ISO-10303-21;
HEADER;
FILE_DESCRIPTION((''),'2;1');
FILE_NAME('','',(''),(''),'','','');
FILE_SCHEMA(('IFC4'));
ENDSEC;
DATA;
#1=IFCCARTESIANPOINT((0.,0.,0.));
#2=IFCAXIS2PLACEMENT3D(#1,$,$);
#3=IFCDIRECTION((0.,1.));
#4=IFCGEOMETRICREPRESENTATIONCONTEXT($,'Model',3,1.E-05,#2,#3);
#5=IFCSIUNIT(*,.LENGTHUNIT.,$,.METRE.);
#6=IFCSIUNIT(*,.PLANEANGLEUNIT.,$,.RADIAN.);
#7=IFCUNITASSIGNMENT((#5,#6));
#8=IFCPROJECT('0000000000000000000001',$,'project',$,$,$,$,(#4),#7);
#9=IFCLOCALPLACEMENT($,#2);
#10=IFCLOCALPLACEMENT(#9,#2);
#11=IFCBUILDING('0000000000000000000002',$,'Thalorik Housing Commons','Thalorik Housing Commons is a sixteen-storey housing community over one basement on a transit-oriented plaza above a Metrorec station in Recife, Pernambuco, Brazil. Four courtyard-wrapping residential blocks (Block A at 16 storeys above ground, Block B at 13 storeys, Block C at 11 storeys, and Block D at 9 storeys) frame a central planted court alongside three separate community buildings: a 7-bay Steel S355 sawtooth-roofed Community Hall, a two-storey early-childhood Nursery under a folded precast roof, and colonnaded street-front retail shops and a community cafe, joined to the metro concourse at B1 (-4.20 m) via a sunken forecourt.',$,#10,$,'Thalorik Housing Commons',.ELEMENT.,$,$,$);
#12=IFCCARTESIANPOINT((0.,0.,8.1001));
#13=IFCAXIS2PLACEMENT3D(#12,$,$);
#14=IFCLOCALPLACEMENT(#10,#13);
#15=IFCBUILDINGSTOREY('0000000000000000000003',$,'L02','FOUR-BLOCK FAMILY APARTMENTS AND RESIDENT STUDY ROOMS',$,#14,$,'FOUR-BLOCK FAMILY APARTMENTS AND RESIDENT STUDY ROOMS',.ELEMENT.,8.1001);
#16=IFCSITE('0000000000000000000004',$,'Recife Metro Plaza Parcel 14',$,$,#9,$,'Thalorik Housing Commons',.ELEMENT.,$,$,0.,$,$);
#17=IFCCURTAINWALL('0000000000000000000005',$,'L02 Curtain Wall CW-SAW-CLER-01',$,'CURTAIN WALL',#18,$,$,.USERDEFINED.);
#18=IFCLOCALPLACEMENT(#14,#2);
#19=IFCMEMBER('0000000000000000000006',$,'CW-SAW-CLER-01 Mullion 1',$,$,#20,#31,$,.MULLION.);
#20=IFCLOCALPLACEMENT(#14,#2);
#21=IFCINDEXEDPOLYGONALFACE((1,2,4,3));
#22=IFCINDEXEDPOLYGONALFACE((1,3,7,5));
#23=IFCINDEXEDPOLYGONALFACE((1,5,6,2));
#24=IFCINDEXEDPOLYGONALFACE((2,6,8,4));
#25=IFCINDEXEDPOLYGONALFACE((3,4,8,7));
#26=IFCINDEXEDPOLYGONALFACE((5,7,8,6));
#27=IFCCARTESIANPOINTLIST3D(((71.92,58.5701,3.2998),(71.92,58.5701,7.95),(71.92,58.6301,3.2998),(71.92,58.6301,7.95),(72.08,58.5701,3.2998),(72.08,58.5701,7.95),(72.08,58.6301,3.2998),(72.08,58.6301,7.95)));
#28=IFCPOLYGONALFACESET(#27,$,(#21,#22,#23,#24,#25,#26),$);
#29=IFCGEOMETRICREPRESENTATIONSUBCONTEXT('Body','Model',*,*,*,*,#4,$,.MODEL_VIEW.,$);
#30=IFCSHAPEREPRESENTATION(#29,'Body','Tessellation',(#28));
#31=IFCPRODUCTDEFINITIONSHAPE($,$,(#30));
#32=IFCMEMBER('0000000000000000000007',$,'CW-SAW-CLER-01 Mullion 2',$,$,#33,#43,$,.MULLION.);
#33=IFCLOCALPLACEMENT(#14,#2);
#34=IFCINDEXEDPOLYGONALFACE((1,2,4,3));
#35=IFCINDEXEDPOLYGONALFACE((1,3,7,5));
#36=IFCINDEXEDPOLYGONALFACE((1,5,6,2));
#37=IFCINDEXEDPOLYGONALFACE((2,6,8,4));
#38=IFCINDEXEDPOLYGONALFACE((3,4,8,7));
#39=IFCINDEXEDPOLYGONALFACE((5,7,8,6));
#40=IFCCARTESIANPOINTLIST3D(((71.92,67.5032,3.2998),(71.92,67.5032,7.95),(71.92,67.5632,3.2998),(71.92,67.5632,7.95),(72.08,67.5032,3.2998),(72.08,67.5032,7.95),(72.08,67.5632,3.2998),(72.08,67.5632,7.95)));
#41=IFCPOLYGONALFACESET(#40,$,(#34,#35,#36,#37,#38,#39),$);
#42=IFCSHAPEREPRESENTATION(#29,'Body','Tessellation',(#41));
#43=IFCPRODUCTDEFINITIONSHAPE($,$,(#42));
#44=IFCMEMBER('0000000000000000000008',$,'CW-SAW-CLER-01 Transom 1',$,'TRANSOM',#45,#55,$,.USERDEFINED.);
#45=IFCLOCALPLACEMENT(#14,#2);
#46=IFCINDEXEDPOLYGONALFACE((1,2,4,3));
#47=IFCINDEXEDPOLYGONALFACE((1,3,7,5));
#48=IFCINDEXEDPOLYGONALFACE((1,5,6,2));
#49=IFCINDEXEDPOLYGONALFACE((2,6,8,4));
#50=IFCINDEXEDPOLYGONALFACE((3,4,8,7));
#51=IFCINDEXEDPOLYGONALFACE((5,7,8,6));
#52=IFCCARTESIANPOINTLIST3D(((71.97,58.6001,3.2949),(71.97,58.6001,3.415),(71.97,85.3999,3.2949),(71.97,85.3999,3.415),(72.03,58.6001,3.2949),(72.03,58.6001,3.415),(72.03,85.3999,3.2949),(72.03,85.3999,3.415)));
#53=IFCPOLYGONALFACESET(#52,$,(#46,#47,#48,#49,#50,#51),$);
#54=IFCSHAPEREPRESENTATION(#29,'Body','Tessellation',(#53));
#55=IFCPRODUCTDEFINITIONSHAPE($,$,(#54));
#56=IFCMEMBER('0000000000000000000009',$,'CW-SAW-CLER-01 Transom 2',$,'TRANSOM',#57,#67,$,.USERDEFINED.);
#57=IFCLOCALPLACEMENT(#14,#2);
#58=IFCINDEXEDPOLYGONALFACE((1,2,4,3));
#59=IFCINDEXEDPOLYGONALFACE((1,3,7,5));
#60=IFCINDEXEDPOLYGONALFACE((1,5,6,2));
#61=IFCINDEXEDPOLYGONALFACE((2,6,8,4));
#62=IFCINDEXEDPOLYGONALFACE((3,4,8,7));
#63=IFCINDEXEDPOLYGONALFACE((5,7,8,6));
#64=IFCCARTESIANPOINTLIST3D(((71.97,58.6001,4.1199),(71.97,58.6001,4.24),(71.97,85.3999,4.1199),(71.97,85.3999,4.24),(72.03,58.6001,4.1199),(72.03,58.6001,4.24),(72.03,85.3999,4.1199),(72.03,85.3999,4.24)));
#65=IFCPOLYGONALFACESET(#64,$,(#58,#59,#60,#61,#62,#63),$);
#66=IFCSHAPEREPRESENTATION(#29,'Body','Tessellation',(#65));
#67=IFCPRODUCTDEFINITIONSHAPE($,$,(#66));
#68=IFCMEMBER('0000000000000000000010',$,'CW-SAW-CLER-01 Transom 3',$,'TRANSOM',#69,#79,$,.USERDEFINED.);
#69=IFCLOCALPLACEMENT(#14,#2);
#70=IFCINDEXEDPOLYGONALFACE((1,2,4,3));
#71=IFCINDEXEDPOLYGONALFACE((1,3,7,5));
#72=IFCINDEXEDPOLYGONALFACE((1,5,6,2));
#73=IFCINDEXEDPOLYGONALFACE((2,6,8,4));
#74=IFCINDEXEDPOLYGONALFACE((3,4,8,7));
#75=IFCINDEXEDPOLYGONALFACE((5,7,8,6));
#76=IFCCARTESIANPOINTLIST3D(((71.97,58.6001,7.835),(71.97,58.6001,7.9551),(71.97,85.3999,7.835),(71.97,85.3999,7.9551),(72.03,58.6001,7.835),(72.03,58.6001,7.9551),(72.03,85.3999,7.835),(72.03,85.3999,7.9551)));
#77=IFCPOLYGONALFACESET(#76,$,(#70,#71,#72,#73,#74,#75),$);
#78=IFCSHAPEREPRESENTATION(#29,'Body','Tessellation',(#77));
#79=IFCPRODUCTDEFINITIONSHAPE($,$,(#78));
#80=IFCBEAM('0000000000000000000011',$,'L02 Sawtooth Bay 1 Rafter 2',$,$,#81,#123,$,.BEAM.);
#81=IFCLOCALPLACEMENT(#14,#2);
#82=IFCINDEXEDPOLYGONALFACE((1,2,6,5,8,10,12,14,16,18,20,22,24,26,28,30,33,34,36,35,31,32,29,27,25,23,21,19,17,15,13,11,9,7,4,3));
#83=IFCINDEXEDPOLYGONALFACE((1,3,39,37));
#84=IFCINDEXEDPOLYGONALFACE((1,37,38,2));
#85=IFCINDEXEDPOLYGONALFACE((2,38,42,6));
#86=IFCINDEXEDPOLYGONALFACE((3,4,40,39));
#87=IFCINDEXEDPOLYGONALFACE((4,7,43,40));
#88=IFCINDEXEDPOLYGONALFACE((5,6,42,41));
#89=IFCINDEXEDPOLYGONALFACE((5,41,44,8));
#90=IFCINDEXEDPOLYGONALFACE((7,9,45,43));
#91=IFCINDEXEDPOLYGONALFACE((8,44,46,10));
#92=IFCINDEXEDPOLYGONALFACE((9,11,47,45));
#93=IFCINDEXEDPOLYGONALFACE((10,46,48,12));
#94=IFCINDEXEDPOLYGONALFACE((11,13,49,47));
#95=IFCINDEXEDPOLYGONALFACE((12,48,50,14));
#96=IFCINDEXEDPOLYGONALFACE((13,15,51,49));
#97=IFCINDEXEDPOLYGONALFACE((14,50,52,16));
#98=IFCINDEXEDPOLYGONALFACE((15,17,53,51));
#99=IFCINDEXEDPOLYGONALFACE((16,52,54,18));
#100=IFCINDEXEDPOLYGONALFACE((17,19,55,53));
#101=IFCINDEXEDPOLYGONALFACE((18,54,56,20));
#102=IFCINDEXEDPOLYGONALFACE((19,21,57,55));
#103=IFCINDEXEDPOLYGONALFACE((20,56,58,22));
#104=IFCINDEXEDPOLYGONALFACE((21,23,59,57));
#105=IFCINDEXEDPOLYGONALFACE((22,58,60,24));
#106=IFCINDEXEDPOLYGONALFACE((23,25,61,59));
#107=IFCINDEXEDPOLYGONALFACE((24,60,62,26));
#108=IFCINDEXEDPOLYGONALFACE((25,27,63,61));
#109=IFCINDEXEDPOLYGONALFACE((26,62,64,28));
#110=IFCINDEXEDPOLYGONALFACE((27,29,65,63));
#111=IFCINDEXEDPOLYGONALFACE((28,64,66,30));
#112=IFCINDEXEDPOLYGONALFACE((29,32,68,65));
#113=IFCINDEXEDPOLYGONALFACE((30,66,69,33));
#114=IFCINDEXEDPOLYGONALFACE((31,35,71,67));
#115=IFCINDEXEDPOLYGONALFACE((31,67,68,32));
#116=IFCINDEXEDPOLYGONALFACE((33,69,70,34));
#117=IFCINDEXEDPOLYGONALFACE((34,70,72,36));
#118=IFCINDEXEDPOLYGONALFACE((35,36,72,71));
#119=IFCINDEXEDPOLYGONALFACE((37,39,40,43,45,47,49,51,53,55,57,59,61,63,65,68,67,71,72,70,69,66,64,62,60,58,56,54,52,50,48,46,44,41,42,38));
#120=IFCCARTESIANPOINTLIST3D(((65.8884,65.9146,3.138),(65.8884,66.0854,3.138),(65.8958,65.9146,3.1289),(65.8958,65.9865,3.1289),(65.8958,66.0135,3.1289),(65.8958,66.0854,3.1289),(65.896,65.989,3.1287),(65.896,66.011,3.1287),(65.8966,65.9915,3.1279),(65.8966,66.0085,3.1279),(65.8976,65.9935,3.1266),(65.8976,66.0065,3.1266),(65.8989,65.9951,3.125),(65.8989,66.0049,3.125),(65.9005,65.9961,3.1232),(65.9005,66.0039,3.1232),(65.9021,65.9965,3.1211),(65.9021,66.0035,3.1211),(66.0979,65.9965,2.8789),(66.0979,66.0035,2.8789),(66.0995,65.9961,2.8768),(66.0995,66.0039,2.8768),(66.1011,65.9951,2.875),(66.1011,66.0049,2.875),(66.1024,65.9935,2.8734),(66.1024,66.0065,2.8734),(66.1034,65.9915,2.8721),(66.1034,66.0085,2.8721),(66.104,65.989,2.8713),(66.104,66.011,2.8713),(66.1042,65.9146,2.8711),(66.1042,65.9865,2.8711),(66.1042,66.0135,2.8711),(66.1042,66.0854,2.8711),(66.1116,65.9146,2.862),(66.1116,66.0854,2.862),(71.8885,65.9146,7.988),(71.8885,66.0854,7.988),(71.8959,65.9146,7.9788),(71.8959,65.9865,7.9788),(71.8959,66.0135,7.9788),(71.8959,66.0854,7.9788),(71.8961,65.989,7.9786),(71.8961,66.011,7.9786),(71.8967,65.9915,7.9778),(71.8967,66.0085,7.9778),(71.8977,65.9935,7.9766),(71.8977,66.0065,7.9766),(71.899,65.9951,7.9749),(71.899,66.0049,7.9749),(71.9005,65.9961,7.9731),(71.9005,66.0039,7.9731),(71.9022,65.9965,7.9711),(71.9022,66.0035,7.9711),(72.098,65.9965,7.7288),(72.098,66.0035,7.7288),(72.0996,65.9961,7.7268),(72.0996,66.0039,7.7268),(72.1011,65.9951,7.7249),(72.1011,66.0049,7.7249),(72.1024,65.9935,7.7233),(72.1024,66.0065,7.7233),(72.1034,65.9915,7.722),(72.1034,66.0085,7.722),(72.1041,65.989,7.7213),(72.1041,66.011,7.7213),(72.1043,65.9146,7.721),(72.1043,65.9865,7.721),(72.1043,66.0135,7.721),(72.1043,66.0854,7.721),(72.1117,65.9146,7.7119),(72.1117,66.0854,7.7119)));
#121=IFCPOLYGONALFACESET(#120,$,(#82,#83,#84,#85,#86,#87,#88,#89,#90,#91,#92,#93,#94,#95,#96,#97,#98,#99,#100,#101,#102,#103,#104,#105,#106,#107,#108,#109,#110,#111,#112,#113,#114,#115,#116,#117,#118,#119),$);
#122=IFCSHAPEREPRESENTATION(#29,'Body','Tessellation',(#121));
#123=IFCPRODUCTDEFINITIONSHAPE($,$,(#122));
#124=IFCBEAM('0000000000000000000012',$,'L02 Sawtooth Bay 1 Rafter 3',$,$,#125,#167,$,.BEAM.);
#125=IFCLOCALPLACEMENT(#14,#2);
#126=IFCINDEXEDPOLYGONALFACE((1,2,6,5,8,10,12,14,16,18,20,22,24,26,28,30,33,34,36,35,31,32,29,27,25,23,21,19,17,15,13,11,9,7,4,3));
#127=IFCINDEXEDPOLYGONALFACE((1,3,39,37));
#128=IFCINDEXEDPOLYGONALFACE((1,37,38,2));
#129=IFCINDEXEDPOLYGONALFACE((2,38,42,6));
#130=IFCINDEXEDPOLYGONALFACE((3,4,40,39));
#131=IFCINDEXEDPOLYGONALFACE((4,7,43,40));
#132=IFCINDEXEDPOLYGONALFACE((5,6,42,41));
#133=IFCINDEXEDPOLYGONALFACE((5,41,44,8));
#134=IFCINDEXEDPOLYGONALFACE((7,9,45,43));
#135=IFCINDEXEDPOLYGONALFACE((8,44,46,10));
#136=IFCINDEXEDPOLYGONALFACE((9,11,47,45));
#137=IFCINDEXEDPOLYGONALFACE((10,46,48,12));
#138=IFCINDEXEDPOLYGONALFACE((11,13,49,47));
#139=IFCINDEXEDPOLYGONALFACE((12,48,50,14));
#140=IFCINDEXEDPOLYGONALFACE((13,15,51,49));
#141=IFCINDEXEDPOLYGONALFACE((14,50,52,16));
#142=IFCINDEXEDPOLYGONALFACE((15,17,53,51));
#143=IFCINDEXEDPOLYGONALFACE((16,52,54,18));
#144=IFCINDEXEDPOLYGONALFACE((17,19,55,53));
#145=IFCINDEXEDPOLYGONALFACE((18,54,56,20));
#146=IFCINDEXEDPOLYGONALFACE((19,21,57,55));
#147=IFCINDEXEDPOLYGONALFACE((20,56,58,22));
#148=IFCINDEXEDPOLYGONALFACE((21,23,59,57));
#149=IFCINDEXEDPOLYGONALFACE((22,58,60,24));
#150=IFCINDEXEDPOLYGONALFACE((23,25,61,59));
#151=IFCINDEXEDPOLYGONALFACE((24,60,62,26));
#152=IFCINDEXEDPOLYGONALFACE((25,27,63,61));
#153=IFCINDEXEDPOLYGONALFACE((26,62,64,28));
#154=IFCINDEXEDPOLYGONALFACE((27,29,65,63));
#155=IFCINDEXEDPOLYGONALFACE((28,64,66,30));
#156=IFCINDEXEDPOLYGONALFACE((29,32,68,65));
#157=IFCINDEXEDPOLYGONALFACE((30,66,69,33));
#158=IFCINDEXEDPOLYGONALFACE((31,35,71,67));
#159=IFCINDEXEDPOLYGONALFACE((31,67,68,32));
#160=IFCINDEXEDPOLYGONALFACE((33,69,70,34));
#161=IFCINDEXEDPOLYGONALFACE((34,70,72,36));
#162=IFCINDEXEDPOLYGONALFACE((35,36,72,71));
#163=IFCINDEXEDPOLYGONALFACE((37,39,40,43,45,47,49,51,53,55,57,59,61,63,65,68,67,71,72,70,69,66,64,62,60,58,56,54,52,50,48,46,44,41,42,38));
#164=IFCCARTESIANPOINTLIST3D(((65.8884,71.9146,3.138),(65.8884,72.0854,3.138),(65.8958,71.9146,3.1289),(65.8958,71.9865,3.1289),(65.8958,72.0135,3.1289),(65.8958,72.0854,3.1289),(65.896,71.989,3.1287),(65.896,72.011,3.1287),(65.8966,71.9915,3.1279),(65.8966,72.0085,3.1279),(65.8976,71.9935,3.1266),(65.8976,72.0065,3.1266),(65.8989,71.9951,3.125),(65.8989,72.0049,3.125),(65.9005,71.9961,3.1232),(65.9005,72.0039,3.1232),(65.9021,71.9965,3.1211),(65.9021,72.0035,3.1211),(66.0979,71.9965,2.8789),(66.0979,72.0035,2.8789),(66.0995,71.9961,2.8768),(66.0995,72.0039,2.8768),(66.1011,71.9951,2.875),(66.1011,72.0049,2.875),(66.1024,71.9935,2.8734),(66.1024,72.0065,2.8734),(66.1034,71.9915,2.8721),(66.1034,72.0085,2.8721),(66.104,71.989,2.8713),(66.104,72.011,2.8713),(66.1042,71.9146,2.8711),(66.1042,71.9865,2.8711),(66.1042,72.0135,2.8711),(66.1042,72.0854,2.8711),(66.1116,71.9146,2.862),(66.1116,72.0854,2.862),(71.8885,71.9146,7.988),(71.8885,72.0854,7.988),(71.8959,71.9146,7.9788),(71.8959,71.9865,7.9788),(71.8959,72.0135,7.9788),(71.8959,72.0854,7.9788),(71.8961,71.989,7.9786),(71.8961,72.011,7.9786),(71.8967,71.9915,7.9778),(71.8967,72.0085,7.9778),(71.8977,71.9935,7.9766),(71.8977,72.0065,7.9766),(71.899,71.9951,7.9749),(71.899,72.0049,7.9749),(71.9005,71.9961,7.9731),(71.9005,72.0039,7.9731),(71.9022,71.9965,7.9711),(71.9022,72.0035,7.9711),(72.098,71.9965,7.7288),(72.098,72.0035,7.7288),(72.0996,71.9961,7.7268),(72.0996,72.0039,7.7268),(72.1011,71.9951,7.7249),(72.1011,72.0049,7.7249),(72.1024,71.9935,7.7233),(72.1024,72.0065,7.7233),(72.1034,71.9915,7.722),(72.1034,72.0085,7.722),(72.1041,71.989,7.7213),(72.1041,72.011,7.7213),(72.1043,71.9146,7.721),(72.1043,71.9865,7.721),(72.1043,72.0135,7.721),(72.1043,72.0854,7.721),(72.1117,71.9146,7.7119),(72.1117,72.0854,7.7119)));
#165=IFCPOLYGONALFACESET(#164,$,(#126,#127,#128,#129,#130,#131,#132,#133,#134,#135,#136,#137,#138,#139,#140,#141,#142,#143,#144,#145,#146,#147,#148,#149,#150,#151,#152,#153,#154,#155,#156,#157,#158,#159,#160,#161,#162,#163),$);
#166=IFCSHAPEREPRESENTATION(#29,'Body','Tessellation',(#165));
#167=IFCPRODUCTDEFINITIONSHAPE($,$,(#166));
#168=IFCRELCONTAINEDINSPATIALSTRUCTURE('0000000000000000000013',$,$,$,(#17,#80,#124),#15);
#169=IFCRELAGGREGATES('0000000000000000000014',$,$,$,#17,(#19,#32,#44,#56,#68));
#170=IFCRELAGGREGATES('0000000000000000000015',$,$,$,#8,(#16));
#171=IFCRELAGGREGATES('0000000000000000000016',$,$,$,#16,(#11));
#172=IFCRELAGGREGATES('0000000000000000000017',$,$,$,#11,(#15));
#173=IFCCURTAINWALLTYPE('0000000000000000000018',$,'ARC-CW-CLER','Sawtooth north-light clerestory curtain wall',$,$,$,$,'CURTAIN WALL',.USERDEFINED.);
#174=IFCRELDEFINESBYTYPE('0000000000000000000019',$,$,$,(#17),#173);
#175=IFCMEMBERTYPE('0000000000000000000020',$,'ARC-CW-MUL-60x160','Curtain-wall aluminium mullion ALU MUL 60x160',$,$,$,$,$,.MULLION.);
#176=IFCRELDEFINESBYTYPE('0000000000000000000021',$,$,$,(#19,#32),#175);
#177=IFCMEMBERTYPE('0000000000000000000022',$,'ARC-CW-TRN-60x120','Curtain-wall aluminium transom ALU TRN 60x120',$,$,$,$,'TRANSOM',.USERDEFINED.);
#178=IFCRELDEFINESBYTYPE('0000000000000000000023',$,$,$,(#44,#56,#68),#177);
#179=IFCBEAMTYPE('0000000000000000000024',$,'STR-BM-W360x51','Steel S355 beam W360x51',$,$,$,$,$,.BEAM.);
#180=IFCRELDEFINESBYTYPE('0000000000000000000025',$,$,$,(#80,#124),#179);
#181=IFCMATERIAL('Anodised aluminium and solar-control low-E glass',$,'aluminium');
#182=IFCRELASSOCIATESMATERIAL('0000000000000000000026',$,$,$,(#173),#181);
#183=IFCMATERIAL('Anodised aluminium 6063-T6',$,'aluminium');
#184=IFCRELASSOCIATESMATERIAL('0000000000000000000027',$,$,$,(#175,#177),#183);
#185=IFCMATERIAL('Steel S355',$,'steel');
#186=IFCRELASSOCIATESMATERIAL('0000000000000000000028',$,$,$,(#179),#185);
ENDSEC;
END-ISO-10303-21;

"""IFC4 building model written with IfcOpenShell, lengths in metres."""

from ifc_helpers import new_model, si_unit, direction, frame, origin, origin_2d, place, context, subcontext, project, spatial, rectangle, i_section, extrude, material, material_profile, profile_set, type_object, element, aggregate, save


model = new_model("IFC4")

# Units and contexts
model_context = context("Model", 3, precision=1e-05, world=origin(), true_north=direction((0.0, 1.0)))
body_context = subcontext(model_context, "Body", "Model", "MODEL_VIEW")
ifc_project = project(units=[si_unit("LENGTHUNIT", "METRE"), si_unit("PLANEANGLEUNIT", "RADIAN")], contexts=[model_context])

# Site, building, storey
site_placement = place(None, origin())
site = spatial("IfcSite", under=ifc_project, at=site_placement, Name="Recife Metro Plaza Parcel 14", LongName="Thalorik Housing Commons", CompositionType="ELEMENT", RefElevation=0.0)
building_placement = place(site_placement, origin())
building = spatial("IfcBuilding", under=site, at=building_placement, Name="Thalorik Housing Commons", Description="Thalorik Housing Commons is a sixteen-storey housing community over one basement on a transit-oriented plaza above a Metrorec station in Recife, Pernambuco, Brazil. Four courtyard-wrapping residential blocks (Block A at 16 storeys above ground, Block B at 13 storeys, Block C at 11 storeys, and Block D at 9 storeys) frame a central planted court alongside three separate community buildings: a 7-bay Steel S355 sawtooth-roofed Community Hall, a two-storey early-childhood Nursery under a folded precast roof, and colonnaded street-front retail shops and a community cafe, joined to the metro concourse at B1 (-4.20 m) via a sunken forecourt.", LongName="Thalorik Housing Commons", CompositionType="ELEMENT")
storey_placement = place(building_placement, frame((0.0, 0.0, 8.1001)))
storey = spatial("IfcBuildingStorey", under=building, at=storey_placement, Name="L02", Description="FOUR-BLOCK FAMILY APARTMENTS AND RESIDENT STUDY ROOMS", LongName="FOUR-BLOCK FAMILY APARTMENTS AND RESIDENT STUDY ROOMS", CompositionType="ELEMENT", Elevation=8.1001)

# Curtain wall, members
ifc_material_1 = material(Name="Anodised aluminium and solar-control low-E glass", Category="aluminium")
curtain_wall_type = type_object("IfcCurtainWallType", Name="ARC-CW-CLER", Description="Sawtooth north-light clerestory curtain wall", ElementType="CURTAIN WALL", PredefinedType="USERDEFINED", material=ifc_material_1)
curtain_wall_placement = place(storey_placement, origin())
curtain_wall = element("IfcCurtainWall", 1, at=curtain_wall_placement, inside=storey, type_object=curtain_wall_type, Name="L02 Curtain Wall CW-SAW-CLER-01", ObjectType="CURTAIN WALL", PredefinedType="USERDEFINED")
ifc_material_2 = material(Name="Anodised aluminium 6063-T6", Category="aluminium")
ifc_material_profile_1 = material_profile(ifc_material_2, rectangle(XDim=0.0601, YDim=0.1599, at=origin_2d()), Name="ALU MUL 60x160", Category="aluminium")
ifc_profile_set_1 = profile_set([ifc_material_profile_1], Name="Anodised aluminium 6063-T6")
member_type_1 = type_object("IfcMemberType", Name="ARC-CW-MUL-60x160", Description="Curtain-wall aluminium mullion ALU MUL 60x160", PredefinedType="MULLION", material=ifc_profile_set_1)
member_1_placement = place(storey_placement, frame((72.0, 58.6001, 3.2998), z_axis=(0.0, 0.0, 1.0), x_axis=(0.0, 1.0, 0.0)))
member_1 = element("IfcMember", 2, at=member_1_placement, type_object=member_type_1, Name="CW-SAW-CLER-01 Mullion 1", PredefinedType="MULLION", context=body_context, shape_type="SweptSolid", body=[
    extrude(rectangle(XDim=0.0601, YDim=0.1599, at=origin_2d()), origin(), (0.0, 0.0, 1.0), 4.6501),
])
member_2_placement = place(storey_placement, frame((72.0, 67.5332, 3.2998), z_axis=(0.0, 0.0, 1.0), x_axis=(0.0, 1.0, 0.0)))
member_2 = element("IfcMember", 3, at=member_2_placement, type_object=member_type_1, Name="CW-SAW-CLER-01 Mullion 2", PredefinedType="MULLION", context=body_context, shape_type="SweptSolid", body=[
    extrude(rectangle(XDim=0.0601, YDim=0.1599, at=origin_2d()), origin(), (0.0, 0.0, 1.0), 4.6501),
])
ifc_material_profile_2 = material_profile(ifc_material_2, rectangle(XDim=0.0601, YDim=0.1201, at=origin_2d()), Name="ALU TRN 60x120", Category="aluminium")
ifc_profile_set_2 = profile_set([ifc_material_profile_2], Name="Anodised aluminium 6063-T6")
member_type_2 = type_object("IfcMemberType", Name="ARC-CW-TRN-60x120", Description="Curtain-wall aluminium transom ALU TRN 60x120", ElementType="TRANSOM", PredefinedType="USERDEFINED", material=ifc_profile_set_2)
member_3_placement = place(storey_placement, frame((72.0, 58.6001, 3.355), z_axis=(0.0, 1.0, 0.0), x_axis=(-1.0, 0.0, 0.0)))
member_3 = element("IfcMember", 4, at=member_3_placement, type_object=member_type_2, Name="CW-SAW-CLER-01 Transom 1", ObjectType="TRANSOM", PredefinedType="USERDEFINED", context=body_context, shape_type="SweptSolid", body=[
    extrude(rectangle(XDim=0.0601, YDim=0.1201, at=origin_2d()), origin(), (0.0, 0.0, 1.0), 26.7998),
])
member_4_placement = place(storey_placement, frame((72.0, 58.6001, 4.1799), z_axis=(0.0, 1.0, 0.0), x_axis=(-1.0, 0.0, 0.0)))
member_4 = element("IfcMember", 5, at=member_4_placement, type_object=member_type_2, Name="CW-SAW-CLER-01 Transom 2", ObjectType="TRANSOM", PredefinedType="USERDEFINED", context=body_context, shape_type="SweptSolid", body=[
    extrude(rectangle(XDim=0.0601, YDim=0.1201, at=origin_2d()), origin(), (0.0, 0.0, 1.0), 26.7998),
])
member_5_placement = place(storey_placement, frame((72.0, 58.6001, 7.895), z_axis=(0.0, 1.0, 0.0), x_axis=(-1.0, 0.0, 0.0)))
member_5 = element("IfcMember", 6, at=member_5_placement, type_object=member_type_2, Name="CW-SAW-CLER-01 Transom 3", ObjectType="TRANSOM", PredefinedType="USERDEFINED", context=body_context, shape_type="SweptSolid", body=[
    extrude(rectangle(XDim=0.0601, YDim=0.1201, at=origin_2d()), origin(), (0.0, 0.0, 1.0), 26.7998),
])

# Beams
ifc_material_3 = material(Name="Steel S355", Category="steel")
ifc_material_profile_3 = material_profile(ifc_material_3, i_section(OverallWidth=0.1709, OverallDepth=0.355, WebThickness=0.0071, FlangeThickness=0.0117, FilletRadius=0.01, at=origin_2d()), Name="W360x51", Category="steel")
ifc_profile_set_3 = profile_set([ifc_material_profile_3], Name="Steel S355")
beam_type = type_object("IfcBeamType", Name="STR-BM-W360x51", Description="Steel S355 beam W360x51", PredefinedType="BEAM", material=ifc_profile_set_3)
for number, where, z_axis, x_axis, name in (
    (7, (66.0, 66.0, 3.0), (0.777707, 0.0, 0.628627), (0.0, 1.0, 0.0), "L02 Sawtooth Bay 1 Rafter 2"),
    (8, (66.0, 72.0, 3.0), (0.777707, 0.0, 0.628627), (0.0, 1.0, 0.0), "L02 Sawtooth Bay 1 Rafter 3"),
):
    element("IfcBeam", number, at=place(storey_placement, frame(where, z_axis=z_axis, x_axis=x_axis)), inside=storey, type_object=beam_type, Name=name, PredefinedType="BEAM", context=body_context, shape_type="SweptSolid", body=[
        extrude(i_section(OverallWidth=0.1709, OverallDepth=0.355, WebThickness=0.0071, FlangeThickness=0.0117, FilletRadius=0.01, at=origin_2d()), origin(), (0.0, 0.0, 1.0), 7.7151),
    ])

aggregate(curtain_wall, [member_1, member_2, member_3, member_4, member_5])

save(model, "model.ifc")
